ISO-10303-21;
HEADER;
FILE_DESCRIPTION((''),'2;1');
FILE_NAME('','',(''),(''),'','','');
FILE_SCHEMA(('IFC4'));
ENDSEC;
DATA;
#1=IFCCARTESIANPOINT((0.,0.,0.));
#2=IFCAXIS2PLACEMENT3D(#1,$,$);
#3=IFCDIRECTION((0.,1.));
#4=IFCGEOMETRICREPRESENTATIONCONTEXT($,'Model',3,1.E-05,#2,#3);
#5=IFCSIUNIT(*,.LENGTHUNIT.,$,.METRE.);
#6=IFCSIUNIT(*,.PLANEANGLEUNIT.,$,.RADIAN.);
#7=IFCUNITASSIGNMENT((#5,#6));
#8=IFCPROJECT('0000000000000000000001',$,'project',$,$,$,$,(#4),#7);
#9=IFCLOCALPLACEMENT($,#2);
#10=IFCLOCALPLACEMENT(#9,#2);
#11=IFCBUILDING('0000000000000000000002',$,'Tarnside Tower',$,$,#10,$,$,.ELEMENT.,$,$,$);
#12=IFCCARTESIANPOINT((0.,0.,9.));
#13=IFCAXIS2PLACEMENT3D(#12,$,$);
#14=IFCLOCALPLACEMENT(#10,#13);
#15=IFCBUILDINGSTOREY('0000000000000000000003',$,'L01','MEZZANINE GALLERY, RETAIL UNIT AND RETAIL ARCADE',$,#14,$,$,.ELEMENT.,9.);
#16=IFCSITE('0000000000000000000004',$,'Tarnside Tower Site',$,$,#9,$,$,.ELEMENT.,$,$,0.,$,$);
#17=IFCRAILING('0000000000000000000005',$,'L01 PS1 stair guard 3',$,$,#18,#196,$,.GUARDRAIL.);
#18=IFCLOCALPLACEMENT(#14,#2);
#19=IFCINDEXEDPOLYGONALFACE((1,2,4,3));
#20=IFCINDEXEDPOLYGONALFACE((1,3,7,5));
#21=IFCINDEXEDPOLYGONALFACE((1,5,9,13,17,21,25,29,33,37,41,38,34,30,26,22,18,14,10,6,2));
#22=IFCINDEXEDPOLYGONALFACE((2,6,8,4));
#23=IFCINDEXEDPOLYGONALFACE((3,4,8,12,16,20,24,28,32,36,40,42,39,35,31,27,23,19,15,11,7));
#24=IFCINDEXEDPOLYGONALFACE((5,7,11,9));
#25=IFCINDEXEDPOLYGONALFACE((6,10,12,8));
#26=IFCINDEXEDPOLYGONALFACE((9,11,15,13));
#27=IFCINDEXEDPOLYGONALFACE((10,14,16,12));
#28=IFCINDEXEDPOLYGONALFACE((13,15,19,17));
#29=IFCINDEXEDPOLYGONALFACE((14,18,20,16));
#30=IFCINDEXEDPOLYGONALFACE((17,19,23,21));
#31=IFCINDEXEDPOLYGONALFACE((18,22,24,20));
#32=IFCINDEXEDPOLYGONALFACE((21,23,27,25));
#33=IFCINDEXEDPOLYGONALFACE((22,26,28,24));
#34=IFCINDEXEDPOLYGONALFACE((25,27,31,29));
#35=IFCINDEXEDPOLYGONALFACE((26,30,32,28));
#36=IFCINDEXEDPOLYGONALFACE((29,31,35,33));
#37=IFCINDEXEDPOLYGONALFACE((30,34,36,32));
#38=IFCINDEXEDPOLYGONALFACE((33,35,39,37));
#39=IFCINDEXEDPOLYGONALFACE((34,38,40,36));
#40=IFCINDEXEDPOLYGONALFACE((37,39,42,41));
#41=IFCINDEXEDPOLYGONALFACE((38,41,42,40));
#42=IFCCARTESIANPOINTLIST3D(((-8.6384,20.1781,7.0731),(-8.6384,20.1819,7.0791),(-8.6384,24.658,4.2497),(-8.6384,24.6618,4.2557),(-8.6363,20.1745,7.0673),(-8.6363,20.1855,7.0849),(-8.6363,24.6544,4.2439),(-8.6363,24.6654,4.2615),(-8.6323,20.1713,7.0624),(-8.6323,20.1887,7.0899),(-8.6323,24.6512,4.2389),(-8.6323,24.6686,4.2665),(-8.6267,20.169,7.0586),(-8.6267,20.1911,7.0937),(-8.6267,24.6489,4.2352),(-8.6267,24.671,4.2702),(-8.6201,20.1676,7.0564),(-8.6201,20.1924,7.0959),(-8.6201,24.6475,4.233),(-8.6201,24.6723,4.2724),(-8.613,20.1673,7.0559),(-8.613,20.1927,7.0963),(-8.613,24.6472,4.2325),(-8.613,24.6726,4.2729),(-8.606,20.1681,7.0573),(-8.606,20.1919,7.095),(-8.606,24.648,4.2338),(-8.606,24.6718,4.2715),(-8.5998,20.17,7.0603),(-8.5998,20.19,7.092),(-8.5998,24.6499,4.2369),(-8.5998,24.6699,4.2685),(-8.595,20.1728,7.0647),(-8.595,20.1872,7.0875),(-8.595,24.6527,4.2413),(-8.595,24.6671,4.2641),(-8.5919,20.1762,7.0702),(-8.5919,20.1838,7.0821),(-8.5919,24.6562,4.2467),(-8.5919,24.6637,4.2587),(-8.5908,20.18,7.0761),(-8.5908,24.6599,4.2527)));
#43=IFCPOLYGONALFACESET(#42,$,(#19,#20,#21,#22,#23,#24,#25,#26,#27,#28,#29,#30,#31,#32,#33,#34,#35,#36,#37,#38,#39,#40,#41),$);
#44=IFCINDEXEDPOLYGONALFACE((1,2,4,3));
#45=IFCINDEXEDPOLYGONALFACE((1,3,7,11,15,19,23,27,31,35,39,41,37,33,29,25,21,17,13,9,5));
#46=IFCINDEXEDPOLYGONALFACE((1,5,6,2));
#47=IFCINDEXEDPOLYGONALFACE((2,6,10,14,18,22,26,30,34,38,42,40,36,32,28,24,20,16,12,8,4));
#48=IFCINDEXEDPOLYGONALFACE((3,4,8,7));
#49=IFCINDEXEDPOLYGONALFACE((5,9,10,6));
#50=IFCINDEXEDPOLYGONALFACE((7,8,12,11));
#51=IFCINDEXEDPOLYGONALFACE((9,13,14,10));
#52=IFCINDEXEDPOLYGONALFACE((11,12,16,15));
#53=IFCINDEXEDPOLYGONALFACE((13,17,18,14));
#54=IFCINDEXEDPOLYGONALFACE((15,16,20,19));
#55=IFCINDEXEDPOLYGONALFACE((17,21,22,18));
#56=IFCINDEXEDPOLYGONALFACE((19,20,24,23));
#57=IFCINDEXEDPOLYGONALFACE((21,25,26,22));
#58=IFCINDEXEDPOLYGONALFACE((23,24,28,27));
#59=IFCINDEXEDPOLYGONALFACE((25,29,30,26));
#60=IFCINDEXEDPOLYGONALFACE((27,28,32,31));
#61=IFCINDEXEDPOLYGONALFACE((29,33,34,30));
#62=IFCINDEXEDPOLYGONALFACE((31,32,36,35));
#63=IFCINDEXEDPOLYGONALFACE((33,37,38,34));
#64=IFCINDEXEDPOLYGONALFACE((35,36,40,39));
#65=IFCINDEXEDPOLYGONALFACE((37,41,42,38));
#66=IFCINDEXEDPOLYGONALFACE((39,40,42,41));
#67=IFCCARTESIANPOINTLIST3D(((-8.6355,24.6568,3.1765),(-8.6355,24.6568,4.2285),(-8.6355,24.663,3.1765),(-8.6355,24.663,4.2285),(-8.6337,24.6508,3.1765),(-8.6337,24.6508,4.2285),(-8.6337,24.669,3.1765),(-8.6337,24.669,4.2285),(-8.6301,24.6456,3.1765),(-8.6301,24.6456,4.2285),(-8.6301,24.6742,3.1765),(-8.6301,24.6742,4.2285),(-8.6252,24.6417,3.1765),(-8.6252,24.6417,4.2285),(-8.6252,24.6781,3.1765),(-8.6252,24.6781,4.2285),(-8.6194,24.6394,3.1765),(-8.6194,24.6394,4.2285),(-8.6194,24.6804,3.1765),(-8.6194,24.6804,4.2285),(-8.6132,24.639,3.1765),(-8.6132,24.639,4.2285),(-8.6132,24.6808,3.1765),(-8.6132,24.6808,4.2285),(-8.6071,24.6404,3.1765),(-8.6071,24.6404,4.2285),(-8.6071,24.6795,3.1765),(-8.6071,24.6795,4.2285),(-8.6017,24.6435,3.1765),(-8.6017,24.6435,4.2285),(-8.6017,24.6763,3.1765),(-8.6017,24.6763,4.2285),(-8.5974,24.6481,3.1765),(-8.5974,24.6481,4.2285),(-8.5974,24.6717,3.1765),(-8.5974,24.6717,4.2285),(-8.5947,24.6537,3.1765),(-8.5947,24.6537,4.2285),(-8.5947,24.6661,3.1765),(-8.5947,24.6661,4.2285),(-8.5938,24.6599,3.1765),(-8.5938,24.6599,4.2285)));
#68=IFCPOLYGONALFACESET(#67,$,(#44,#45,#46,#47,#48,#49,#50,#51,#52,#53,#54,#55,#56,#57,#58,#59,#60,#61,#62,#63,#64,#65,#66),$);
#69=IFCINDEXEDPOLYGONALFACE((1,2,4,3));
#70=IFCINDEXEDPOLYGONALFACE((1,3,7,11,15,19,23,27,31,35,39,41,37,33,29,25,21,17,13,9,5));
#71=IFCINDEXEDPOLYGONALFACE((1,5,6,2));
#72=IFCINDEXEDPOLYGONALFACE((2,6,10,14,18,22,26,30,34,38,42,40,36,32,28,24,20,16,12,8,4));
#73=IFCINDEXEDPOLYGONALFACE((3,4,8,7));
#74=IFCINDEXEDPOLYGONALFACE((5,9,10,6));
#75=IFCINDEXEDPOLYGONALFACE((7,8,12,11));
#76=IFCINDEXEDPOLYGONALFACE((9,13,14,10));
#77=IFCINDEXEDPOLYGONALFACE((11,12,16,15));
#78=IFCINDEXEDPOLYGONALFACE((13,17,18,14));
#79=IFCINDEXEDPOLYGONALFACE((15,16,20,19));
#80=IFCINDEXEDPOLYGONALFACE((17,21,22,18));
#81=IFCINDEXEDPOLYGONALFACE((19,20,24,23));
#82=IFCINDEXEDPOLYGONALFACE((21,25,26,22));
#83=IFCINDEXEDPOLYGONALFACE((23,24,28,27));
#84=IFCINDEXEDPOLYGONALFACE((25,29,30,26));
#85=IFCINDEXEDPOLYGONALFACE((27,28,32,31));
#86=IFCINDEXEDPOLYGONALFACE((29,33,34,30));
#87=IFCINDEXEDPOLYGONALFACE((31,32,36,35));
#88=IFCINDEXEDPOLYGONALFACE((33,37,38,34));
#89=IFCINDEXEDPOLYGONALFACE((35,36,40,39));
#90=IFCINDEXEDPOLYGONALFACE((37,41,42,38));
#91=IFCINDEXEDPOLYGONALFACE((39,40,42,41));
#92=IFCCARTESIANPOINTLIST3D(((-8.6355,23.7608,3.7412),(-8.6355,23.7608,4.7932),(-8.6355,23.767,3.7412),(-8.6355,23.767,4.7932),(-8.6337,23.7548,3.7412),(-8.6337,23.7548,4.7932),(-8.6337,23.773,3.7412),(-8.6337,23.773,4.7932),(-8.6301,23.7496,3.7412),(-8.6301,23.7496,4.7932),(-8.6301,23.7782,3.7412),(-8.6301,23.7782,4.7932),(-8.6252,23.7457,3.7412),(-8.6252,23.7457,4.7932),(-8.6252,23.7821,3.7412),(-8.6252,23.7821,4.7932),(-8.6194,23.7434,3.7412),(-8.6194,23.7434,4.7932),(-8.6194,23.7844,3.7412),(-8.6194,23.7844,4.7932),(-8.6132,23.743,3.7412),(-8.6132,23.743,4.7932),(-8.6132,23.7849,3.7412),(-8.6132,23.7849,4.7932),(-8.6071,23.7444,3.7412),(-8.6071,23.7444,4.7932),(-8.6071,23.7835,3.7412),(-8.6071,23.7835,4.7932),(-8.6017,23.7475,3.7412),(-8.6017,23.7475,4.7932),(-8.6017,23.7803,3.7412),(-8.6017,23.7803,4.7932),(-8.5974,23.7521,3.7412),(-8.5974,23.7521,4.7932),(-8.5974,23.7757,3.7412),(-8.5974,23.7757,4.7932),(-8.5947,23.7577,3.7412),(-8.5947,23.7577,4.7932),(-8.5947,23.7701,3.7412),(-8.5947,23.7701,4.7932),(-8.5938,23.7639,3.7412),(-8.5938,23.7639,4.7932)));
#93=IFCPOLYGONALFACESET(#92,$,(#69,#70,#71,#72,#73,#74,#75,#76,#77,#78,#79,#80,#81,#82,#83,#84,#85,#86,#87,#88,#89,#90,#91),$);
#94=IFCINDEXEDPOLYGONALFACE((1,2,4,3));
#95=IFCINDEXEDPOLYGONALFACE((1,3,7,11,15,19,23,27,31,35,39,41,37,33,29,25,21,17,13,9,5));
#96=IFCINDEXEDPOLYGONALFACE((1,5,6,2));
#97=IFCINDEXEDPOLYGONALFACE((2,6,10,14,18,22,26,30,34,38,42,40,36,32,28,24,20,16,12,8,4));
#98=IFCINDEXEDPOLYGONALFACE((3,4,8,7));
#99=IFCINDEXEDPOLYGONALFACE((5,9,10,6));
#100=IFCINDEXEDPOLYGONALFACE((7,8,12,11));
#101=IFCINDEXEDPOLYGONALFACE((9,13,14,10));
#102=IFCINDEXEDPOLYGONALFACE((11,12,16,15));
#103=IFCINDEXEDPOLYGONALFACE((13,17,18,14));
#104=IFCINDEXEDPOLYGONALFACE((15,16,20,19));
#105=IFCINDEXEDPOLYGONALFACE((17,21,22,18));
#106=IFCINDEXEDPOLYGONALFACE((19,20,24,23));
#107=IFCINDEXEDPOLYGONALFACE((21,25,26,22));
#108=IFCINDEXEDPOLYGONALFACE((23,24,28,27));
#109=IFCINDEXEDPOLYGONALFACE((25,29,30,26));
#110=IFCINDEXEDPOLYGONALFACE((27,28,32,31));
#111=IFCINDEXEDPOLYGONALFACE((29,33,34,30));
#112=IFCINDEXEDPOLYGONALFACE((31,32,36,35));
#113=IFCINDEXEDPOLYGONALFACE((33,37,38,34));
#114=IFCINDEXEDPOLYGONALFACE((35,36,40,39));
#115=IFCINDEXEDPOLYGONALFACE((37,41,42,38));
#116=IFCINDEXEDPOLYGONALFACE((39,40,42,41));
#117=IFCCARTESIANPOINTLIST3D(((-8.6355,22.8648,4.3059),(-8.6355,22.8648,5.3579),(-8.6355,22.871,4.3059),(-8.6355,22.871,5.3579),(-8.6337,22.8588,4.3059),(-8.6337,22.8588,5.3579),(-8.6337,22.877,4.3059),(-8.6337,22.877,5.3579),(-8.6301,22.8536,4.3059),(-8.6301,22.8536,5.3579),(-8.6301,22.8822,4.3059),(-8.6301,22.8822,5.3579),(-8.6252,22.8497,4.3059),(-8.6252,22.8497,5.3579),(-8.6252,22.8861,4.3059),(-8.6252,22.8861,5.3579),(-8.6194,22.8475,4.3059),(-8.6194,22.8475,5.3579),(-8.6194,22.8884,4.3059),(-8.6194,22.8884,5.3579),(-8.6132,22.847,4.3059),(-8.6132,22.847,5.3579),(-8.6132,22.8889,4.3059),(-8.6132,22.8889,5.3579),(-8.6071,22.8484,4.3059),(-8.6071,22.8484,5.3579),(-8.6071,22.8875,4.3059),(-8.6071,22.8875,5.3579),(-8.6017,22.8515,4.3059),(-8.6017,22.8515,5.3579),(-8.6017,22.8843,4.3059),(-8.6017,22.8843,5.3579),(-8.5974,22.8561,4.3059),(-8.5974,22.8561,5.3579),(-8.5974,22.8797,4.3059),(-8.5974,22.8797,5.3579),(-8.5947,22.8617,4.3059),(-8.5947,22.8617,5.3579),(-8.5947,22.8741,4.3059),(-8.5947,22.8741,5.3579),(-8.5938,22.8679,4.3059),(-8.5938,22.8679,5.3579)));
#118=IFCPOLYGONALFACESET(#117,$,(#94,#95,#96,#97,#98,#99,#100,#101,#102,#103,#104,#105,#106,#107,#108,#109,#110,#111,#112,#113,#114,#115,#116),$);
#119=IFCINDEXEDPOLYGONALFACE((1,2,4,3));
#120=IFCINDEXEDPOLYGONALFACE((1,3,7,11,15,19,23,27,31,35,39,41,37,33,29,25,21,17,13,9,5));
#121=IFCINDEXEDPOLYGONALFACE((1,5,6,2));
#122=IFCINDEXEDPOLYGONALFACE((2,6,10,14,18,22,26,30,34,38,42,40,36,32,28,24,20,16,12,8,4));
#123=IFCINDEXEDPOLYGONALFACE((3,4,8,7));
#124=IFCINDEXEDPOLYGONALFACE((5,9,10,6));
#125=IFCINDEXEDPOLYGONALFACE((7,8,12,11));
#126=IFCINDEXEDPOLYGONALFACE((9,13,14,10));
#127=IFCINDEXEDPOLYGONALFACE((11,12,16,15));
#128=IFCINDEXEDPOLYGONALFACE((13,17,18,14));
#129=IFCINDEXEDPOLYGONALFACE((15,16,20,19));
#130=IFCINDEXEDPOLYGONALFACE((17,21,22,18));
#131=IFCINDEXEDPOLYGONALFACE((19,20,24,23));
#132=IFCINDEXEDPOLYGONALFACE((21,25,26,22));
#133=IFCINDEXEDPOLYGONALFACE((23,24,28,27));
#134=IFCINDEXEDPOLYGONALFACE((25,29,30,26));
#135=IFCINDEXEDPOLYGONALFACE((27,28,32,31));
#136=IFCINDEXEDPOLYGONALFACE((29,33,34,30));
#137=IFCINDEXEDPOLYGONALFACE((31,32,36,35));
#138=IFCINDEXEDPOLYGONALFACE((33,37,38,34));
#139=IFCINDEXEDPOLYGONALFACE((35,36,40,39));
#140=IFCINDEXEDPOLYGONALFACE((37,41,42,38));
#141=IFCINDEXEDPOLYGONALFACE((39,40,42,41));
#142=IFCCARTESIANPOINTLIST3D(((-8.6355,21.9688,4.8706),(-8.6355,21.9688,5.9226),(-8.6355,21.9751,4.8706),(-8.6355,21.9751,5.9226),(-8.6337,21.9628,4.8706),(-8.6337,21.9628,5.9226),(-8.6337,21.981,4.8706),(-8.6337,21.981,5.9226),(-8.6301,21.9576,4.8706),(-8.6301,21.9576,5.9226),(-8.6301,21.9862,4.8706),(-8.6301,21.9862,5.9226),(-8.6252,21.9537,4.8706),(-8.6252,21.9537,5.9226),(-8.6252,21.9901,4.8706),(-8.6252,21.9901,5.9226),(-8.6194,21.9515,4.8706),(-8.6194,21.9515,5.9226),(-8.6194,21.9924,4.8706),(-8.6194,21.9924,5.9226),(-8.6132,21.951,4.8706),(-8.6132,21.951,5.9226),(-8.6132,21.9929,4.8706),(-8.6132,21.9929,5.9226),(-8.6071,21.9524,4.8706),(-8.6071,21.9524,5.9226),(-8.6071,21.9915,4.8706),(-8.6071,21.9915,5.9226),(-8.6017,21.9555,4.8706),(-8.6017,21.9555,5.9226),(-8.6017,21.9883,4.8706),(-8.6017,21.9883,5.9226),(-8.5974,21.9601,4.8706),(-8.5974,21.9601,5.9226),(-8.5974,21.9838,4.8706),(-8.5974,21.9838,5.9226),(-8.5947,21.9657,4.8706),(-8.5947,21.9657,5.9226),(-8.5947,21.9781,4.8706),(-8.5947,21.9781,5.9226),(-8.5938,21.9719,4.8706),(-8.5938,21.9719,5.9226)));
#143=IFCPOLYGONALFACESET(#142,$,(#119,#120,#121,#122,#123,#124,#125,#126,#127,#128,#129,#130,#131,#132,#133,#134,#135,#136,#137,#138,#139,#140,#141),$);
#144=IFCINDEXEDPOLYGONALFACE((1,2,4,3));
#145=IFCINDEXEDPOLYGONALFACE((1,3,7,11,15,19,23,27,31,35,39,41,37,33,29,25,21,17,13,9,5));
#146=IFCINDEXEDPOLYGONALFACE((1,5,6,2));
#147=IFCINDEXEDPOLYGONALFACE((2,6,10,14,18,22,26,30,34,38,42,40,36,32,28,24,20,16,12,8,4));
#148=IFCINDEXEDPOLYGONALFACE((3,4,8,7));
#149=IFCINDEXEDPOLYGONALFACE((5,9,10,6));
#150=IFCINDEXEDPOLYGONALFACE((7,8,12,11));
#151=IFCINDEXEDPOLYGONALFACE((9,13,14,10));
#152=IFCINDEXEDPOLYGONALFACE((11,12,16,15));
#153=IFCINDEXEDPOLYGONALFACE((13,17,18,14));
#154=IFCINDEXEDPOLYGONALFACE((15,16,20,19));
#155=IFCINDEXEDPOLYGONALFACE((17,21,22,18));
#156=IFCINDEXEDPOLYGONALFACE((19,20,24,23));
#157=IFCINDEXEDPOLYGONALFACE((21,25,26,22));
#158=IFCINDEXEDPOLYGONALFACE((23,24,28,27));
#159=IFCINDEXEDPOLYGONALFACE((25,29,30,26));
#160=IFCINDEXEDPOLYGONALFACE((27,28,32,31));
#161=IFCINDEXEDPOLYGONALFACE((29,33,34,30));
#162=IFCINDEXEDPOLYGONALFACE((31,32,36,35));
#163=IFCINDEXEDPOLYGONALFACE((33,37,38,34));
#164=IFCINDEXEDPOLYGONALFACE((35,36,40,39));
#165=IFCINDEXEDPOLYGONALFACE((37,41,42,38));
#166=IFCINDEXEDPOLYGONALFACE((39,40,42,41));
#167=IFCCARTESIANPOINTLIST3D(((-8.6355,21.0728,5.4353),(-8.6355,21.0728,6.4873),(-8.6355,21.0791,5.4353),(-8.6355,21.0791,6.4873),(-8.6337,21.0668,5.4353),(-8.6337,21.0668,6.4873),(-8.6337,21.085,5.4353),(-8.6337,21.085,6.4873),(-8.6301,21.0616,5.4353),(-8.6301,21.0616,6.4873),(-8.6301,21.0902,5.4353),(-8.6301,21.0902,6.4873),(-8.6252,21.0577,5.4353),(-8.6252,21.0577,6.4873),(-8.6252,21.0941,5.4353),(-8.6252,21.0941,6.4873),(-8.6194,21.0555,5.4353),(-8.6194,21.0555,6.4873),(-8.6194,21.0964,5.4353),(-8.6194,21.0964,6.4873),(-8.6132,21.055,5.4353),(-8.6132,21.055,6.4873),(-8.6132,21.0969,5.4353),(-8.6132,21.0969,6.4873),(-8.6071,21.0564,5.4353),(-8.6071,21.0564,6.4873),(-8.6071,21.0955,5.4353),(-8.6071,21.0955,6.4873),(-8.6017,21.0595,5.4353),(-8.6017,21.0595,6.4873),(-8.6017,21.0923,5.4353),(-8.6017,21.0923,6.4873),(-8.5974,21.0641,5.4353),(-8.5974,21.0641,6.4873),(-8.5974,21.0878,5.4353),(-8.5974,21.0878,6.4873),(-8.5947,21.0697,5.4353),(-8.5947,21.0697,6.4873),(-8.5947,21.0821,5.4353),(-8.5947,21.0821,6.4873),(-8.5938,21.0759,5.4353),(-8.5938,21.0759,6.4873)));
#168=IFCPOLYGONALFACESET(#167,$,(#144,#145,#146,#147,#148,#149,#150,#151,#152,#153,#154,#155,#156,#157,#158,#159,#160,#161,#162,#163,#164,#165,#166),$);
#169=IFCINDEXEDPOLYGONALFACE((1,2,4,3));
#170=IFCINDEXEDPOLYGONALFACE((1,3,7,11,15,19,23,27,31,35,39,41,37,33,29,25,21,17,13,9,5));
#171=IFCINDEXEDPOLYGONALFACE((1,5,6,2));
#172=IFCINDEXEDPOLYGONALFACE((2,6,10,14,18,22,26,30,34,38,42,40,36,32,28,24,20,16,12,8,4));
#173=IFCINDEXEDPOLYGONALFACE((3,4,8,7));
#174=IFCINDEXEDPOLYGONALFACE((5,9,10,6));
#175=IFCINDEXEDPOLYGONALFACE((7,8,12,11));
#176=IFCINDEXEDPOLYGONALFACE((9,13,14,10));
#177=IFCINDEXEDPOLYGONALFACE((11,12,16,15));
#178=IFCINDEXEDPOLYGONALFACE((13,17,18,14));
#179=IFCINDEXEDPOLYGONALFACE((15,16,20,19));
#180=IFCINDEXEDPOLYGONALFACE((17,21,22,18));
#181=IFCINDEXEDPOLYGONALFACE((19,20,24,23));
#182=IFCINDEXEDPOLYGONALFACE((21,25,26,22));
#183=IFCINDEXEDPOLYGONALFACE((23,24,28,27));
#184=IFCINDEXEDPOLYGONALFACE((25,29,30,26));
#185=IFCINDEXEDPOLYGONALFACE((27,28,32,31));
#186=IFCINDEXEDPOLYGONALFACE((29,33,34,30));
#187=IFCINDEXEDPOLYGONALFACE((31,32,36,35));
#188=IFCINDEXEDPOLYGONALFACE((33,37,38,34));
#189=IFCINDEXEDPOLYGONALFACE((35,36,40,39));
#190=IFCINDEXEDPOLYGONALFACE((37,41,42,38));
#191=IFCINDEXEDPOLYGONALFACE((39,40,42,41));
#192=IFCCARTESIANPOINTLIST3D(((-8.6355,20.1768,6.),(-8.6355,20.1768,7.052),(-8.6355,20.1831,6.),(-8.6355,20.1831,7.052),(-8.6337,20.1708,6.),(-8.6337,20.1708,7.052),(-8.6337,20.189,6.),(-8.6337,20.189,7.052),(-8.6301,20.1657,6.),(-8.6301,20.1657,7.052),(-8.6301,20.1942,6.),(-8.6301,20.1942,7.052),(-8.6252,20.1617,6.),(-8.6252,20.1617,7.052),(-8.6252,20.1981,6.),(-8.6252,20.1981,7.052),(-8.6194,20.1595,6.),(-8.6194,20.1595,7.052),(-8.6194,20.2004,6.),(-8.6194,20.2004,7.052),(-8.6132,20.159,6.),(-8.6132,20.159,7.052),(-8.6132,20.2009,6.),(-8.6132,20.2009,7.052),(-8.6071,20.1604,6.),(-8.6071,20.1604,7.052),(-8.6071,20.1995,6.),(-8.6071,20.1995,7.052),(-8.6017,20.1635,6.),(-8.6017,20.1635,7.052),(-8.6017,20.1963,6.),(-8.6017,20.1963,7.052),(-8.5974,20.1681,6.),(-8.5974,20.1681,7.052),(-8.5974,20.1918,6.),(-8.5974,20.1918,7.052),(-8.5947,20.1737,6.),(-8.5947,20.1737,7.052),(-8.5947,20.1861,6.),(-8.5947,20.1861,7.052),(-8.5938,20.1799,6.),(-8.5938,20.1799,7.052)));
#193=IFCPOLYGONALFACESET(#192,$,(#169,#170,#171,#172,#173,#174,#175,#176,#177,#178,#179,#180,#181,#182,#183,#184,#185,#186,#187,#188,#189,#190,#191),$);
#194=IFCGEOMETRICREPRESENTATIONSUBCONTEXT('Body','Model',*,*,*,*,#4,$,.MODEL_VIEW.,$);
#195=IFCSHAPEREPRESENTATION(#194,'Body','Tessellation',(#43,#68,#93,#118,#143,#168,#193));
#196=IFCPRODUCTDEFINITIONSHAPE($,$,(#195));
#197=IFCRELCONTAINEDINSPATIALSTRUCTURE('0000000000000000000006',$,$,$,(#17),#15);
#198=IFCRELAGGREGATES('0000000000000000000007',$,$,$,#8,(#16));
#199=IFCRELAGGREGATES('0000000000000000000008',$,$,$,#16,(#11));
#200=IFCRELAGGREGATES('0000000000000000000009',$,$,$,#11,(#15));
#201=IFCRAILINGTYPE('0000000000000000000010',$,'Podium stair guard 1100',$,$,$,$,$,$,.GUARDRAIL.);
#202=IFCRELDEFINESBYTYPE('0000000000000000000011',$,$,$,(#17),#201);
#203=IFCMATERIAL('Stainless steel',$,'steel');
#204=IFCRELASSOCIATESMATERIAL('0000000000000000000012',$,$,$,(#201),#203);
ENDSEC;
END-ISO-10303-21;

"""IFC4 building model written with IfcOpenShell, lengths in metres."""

from ifc_helpers import new_model, si_unit, direction, frame, origin, origin_2d, place, context, subcontext, project, spatial, circle, extrude, material, type_object, element, save


model = new_model("IFC4")

# Units and contexts
model_context = context("Model", 3, precision=1e-05, world=origin(), true_north=direction((0.0, 1.0)))
body_context = subcontext(model_context, "Body", "Model", "MODEL_VIEW")
ifc_project = project(units=[si_unit("LENGTHUNIT", "METRE"), si_unit("PLANEANGLEUNIT", "RADIAN")], contexts=[model_context])

# Site, building, storey
site_placement = place(None, origin())
site = spatial("IfcSite", under=ifc_project, at=site_placement, Name="Tarnside Tower Site", CompositionType="ELEMENT", RefElevation=0.0)
building_placement = place(site_placement, origin())
building = spatial("IfcBuilding", under=site, at=building_placement, Name="Tarnside Tower", CompositionType="ELEMENT")
storey_placement = place(building_placement, frame((0.0, 0.0, 9.0)))
storey = spatial("IfcBuildingStorey", under=building, at=storey_placement, Name="L01", Description="MEZZANINE GALLERY, RETAIL UNIT AND RETAIL ARCADE", CompositionType="ELEMENT", Elevation=9.0)

# Railing
ifc_material_1 = material(Name="Stainless steel", Category="steel")
railing_type_1 = type_object("IfcRailingType", Name="Podium stair guard 1100", PredefinedType="GUARDRAIL", material=ifc_material_1)
railing_1_placement = place(storey_placement, frame((-8.6147, 24.6599, 3.1765)))
element("IfcRailing", 1, at=railing_1_placement, inside=storey, type_object=railing_type_1, Name="L01 PS1 stair guard 3", PredefinedType="GUARDRAIL", context=body_context, shape_type="SweptSolid", body=[
    extrude(circle(Radius=0.0239, at=origin_2d()), frame((0.0, 0.0, 1.0762), z_axis=(0.0, -0.845998, 0.533186), x_axis=(1.0, 0.0, 0.0)), (0.0, 0.0, 1.0), 5.2954),
    extrude(circle(Radius=0.021, at=origin_2d()), origin(), (0.0, 0.0, 1.0), 1.052),
    extrude(circle(Radius=0.021, at=origin_2d()), frame((0.0, -0.896, 0.5647)), (0.0, 0.0, 1.0), 1.052),
    extrude(circle(Radius=0.021, at=origin_2d()), frame((0.0, -1.792, 1.1294)), (0.0, 0.0, 1.0), 1.052),
    extrude(circle(Radius=0.021, at=origin_2d()), frame((0.0, -2.688, 1.6941)), (0.0, 0.0, 1.0), 1.052),
    extrude(circle(Radius=0.021, at=origin_2d()), frame((0.0, -3.584, 2.2588)), (0.0, 0.0, 1.0), 1.052),
    extrude(circle(Radius=0.021, at=origin_2d()), frame((0.0, -4.48, 2.8235)), (0.0, 0.0, 1.0), 1.052),
])

save(model, "model.ifc")
